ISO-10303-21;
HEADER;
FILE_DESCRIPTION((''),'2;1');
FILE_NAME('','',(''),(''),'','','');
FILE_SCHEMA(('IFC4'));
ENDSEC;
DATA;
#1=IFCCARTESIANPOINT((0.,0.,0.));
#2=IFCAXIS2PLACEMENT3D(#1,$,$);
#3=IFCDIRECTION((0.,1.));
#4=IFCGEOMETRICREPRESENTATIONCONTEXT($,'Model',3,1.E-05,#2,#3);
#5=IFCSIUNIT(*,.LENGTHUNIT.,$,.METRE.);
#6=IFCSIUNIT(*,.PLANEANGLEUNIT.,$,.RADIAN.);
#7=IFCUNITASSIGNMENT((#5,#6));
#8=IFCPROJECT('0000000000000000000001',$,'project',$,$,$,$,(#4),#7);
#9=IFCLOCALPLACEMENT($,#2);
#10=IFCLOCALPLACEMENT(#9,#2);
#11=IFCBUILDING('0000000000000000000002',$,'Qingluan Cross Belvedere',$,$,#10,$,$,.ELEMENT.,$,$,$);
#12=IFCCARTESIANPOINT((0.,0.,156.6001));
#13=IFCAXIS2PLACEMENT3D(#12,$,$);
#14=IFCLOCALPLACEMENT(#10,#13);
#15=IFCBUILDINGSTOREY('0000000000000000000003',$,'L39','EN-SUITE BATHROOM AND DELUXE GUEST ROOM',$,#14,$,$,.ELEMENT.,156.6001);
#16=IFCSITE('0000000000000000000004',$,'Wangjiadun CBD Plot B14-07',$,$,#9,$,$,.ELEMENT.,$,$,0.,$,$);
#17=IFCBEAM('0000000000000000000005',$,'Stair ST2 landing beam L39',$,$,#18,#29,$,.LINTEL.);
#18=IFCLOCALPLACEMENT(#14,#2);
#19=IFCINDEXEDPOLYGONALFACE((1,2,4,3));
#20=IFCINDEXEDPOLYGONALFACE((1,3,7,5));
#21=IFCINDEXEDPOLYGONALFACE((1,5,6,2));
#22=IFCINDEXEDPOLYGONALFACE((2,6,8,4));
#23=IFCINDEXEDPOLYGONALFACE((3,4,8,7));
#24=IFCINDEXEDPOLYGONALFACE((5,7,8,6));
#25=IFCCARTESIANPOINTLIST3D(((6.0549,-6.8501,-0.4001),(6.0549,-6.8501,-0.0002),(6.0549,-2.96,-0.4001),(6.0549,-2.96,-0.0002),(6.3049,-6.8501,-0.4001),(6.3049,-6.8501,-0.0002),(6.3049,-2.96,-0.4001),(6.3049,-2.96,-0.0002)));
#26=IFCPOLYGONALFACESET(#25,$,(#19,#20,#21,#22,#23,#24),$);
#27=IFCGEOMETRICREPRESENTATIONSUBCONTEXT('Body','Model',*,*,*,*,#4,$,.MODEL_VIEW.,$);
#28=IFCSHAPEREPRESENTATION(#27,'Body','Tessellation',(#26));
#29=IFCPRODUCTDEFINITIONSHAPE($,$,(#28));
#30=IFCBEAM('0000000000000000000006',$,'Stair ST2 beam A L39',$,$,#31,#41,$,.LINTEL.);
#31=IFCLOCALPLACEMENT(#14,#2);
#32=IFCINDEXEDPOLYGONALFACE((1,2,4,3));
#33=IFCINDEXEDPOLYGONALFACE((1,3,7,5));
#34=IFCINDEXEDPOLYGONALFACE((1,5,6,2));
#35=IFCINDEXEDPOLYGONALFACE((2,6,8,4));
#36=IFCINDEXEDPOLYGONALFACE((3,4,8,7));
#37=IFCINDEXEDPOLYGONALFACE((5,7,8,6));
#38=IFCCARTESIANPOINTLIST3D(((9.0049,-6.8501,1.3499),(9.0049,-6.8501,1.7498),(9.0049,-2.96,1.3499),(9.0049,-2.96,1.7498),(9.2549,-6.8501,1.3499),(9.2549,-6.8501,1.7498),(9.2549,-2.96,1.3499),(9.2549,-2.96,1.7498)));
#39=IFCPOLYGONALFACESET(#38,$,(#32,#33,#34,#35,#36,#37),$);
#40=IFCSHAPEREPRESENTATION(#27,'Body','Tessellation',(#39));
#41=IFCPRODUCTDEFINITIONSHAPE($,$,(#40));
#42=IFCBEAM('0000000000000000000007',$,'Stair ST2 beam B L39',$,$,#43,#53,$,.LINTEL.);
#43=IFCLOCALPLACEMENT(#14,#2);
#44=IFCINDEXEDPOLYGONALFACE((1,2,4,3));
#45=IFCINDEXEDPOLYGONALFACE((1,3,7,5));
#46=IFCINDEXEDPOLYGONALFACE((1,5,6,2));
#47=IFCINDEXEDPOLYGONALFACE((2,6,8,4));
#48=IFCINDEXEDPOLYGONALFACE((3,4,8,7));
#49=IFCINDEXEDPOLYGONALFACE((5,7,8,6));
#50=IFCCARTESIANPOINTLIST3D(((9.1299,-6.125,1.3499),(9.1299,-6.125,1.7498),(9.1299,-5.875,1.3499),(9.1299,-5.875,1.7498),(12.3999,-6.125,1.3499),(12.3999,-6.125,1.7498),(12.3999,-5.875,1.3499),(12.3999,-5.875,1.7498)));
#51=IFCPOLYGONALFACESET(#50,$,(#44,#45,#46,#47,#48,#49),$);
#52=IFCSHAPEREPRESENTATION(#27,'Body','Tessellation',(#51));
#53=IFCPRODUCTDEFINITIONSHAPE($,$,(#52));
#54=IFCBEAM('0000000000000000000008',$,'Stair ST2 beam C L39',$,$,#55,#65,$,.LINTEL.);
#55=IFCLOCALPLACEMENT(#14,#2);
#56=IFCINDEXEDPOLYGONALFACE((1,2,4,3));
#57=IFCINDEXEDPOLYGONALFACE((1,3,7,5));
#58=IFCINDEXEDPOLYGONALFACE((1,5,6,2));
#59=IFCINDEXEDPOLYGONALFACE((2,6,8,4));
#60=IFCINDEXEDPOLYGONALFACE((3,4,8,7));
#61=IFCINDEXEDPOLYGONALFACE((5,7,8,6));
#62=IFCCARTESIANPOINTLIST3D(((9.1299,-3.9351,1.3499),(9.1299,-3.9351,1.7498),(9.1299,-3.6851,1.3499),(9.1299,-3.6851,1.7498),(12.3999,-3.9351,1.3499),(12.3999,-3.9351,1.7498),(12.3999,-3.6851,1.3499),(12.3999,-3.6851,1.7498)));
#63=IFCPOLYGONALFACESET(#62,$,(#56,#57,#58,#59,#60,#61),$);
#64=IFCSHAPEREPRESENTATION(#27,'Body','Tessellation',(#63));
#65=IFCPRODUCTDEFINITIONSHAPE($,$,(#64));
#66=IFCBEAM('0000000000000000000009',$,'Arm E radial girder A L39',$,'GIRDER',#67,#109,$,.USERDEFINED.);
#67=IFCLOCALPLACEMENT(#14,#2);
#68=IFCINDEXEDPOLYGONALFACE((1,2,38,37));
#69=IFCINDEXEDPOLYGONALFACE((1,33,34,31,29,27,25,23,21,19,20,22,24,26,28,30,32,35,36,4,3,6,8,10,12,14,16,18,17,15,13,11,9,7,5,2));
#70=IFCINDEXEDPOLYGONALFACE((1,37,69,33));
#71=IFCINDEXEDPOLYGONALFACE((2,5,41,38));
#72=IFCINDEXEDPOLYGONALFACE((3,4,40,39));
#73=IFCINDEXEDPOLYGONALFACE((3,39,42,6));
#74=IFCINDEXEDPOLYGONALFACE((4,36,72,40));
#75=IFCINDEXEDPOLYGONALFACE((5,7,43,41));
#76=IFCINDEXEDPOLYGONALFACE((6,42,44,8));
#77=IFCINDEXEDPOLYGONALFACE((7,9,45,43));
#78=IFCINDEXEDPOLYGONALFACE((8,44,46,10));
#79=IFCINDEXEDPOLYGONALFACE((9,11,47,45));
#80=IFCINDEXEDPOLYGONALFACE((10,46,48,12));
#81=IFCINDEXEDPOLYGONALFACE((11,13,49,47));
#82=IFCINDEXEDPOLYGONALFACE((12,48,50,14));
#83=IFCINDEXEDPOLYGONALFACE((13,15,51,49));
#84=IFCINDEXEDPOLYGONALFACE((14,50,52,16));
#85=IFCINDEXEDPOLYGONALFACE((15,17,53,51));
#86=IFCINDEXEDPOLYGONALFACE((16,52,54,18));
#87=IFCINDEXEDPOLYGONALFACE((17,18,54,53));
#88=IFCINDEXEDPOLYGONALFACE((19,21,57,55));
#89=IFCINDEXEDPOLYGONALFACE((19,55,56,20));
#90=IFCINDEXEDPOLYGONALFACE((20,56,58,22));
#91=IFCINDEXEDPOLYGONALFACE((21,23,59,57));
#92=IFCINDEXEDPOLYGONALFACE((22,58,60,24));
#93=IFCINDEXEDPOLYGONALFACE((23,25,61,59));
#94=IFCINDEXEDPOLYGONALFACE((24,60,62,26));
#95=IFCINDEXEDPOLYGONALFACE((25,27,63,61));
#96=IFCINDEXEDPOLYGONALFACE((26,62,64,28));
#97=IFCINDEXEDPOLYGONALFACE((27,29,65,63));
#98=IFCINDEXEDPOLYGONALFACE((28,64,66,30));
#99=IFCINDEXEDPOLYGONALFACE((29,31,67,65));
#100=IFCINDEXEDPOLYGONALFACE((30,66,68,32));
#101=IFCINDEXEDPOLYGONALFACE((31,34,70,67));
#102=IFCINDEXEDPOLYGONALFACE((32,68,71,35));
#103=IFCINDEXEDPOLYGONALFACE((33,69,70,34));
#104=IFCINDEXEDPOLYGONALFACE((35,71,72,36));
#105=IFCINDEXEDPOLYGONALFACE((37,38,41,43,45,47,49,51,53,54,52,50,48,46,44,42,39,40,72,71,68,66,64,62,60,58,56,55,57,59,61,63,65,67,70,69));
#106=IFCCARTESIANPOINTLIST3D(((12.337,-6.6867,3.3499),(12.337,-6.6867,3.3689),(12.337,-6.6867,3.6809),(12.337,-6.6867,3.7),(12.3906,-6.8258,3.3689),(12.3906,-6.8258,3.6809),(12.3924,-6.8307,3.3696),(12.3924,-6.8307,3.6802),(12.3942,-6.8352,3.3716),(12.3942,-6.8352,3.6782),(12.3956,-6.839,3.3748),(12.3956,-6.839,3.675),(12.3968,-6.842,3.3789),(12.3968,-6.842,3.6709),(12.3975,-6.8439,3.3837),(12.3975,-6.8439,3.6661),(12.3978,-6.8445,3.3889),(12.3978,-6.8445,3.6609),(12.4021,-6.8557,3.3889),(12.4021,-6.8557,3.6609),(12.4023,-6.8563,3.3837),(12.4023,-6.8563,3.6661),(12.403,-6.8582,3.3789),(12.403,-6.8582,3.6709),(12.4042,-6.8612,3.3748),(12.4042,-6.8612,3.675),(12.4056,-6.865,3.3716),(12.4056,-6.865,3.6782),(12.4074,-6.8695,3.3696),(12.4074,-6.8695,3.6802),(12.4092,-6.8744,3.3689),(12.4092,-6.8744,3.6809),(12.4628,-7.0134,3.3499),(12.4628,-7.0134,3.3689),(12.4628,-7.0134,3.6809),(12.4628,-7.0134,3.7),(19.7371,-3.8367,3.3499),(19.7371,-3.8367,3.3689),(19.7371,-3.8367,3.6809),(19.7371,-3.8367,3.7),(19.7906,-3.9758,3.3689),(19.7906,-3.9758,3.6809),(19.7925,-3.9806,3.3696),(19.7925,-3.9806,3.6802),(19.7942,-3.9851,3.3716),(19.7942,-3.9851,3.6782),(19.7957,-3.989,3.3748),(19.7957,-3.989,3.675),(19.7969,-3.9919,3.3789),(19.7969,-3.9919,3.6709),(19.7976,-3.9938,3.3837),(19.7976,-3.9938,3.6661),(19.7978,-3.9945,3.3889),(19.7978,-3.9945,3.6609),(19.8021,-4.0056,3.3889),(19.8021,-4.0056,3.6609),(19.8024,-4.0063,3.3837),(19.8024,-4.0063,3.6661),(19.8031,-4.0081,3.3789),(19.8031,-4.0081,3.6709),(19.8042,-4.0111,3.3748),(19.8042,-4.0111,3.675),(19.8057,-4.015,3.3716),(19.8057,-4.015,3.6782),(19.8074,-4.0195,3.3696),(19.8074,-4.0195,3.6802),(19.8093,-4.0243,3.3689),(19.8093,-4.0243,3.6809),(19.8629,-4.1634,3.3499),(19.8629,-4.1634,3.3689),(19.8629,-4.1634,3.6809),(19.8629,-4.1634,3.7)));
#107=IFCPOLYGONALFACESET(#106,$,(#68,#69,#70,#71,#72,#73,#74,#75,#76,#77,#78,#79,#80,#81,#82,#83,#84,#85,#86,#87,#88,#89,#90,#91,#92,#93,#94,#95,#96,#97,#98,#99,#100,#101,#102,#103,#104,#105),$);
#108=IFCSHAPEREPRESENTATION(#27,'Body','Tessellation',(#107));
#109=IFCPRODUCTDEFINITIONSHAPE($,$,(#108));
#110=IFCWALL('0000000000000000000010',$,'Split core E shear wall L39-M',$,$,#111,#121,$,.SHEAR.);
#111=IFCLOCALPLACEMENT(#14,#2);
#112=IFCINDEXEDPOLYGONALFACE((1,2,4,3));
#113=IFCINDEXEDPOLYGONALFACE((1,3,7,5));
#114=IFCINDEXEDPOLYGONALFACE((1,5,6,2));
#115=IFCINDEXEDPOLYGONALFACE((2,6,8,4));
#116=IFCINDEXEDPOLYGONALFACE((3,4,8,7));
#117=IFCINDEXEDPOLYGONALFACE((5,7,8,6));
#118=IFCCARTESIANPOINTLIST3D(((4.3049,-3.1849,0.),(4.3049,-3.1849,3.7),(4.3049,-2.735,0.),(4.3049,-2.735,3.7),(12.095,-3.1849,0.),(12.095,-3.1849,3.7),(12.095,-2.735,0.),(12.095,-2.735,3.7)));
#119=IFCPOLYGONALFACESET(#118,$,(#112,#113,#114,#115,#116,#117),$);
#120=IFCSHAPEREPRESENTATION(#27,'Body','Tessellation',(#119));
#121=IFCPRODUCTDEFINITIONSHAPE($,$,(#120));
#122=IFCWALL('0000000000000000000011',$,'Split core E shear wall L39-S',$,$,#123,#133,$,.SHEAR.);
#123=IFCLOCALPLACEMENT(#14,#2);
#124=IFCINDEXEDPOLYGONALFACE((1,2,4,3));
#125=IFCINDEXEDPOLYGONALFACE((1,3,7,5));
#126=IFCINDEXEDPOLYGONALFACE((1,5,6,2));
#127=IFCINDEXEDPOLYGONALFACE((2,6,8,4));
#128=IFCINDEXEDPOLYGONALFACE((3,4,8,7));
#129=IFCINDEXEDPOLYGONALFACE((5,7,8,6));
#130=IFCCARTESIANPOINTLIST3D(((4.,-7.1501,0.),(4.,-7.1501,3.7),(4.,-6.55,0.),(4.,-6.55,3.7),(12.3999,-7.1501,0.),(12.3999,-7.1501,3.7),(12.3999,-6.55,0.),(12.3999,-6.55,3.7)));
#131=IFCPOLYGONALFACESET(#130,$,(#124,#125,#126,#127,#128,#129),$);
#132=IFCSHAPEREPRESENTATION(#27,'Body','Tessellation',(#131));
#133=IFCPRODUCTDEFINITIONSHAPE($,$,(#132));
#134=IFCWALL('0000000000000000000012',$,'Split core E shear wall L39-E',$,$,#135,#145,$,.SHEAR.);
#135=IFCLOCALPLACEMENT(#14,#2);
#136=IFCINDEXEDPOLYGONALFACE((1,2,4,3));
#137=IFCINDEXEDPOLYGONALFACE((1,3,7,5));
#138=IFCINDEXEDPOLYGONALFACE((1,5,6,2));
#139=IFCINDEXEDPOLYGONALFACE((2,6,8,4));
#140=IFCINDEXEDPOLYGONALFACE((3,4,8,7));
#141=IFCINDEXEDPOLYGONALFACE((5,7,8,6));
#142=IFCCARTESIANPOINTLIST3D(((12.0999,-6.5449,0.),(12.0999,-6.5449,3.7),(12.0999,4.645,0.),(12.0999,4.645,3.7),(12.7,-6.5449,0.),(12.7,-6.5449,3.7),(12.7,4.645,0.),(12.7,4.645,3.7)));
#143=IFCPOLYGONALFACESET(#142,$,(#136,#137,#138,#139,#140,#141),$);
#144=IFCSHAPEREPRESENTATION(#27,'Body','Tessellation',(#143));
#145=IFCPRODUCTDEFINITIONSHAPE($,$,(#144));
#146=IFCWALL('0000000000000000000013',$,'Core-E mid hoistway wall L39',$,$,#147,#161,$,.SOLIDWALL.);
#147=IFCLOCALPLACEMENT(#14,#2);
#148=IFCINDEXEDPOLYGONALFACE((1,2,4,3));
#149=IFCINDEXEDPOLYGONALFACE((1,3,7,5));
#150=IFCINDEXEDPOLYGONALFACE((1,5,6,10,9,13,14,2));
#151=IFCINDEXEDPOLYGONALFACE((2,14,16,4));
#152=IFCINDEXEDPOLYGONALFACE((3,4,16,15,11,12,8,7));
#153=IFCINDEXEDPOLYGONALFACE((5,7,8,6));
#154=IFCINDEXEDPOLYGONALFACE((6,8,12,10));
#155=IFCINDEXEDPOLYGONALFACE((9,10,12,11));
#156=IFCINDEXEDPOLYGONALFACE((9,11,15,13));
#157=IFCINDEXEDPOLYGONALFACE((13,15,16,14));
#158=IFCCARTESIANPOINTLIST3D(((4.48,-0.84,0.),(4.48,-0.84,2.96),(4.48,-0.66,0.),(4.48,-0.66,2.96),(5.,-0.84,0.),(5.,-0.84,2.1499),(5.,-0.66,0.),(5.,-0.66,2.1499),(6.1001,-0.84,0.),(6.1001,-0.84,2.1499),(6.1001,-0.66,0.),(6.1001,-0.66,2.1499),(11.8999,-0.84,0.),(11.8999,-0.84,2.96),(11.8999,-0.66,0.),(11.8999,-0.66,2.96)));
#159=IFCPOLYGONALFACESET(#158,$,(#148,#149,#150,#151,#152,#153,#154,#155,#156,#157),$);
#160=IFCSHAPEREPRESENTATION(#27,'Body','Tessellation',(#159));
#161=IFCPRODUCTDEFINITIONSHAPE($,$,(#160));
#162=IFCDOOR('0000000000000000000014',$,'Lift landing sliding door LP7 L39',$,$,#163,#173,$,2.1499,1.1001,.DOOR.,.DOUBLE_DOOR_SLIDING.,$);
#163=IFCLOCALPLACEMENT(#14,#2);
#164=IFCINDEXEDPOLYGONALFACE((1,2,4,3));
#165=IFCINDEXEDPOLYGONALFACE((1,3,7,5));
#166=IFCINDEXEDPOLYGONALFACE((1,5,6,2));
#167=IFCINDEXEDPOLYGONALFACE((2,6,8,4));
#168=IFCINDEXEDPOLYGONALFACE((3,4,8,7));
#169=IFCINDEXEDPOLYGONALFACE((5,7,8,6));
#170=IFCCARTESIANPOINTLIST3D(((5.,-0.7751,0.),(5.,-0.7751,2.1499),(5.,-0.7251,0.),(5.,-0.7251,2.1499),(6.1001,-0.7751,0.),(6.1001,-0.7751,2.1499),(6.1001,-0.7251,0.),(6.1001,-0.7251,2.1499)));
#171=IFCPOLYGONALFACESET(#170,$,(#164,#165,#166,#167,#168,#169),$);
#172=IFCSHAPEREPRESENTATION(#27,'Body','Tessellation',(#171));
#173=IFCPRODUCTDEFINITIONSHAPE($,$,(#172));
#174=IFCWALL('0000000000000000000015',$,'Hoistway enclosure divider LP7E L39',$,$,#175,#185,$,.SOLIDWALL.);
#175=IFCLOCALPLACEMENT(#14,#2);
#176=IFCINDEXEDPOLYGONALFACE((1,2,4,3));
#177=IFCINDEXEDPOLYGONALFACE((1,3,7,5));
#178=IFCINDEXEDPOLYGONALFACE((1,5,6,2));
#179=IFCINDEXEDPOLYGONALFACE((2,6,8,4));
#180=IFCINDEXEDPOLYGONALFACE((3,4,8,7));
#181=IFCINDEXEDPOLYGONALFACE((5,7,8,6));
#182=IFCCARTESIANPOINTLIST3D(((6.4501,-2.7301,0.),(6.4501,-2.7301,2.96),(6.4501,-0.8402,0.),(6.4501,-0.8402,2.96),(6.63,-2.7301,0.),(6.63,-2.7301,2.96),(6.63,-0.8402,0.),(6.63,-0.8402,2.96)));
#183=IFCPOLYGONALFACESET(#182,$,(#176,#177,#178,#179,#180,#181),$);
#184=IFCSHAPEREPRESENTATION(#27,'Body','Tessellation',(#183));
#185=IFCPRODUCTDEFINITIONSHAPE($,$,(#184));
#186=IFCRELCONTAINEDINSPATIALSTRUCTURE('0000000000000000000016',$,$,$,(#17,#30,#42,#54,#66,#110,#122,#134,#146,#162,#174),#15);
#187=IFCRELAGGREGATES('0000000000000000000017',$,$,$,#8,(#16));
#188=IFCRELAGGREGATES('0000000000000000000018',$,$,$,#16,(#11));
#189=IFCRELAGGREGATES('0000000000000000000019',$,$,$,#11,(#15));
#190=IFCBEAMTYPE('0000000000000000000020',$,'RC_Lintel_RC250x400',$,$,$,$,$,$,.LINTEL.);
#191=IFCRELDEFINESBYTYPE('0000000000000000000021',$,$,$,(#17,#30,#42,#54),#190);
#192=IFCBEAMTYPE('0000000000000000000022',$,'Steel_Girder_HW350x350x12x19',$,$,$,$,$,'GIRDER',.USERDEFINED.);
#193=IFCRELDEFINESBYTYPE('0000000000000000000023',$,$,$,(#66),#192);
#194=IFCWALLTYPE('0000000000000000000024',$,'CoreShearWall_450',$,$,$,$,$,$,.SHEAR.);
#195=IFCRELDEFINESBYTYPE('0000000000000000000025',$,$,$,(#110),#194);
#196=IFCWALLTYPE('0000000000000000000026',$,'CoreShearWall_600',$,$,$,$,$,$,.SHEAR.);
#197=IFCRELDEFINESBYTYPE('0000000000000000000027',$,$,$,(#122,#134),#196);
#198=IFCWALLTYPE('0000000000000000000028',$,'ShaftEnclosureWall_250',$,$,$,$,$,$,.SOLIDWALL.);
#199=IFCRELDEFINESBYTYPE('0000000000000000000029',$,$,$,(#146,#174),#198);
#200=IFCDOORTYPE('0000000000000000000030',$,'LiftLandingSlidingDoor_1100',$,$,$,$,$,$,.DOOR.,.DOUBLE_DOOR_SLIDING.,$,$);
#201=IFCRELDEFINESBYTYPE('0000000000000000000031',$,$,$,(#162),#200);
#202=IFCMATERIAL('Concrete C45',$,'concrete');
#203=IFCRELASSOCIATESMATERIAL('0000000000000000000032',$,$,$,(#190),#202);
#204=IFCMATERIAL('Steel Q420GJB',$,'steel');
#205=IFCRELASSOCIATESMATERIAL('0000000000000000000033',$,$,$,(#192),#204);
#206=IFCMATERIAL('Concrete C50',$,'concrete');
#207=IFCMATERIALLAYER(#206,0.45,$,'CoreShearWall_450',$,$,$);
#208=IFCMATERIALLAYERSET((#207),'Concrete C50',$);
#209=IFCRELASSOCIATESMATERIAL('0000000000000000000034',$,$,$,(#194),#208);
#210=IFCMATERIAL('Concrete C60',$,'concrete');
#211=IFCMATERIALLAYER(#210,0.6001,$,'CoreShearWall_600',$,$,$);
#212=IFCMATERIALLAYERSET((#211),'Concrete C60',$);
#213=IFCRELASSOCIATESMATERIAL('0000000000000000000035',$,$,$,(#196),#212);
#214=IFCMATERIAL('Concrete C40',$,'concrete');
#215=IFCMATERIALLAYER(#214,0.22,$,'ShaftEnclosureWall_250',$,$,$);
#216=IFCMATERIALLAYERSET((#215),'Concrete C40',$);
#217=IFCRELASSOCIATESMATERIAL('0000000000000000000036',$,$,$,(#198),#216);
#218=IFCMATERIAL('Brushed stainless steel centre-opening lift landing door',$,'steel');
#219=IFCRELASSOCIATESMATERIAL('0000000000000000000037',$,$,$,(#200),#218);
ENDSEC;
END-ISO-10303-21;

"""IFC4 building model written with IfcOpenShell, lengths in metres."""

from ifc_helpers import new_model, si_unit, direction, frame, frame_2d, origin, origin_2d, place, context, subcontext, project, spatial, rectangle, i_section, extrude, material, layer, layer_set, material_profile, profile_set, type_object, element, fill, save


model = new_model("IFC4")

# Units and contexts
model_context = context("Model", 3, precision=1e-05, world=origin(), true_north=direction((0.0, 1.0)))
body_context = subcontext(model_context, "Body", "Model", "MODEL_VIEW")
ifc_project = project(units=[si_unit("LENGTHUNIT", "METRE"), si_unit("PLANEANGLEUNIT", "RADIAN")], contexts=[model_context])

# Site, building, storey
site_placement = place(None, origin())
site = spatial("IfcSite", under=ifc_project, at=site_placement, Name="Wangjiadun CBD Plot B14-07", CompositionType="ELEMENT", RefElevation=0.0)
building_placement = place(site_placement, origin())
building = spatial("IfcBuilding", under=site, at=building_placement, Name="Qingluan Cross Belvedere", CompositionType="ELEMENT")
storey_placement = place(building_placement, frame((0.0, 0.0, 156.6001)))
storey = spatial("IfcBuildingStorey", under=building, at=storey_placement, Name="L39", Description="EN-SUITE BATHROOM AND DELUXE GUEST ROOM", CompositionType="ELEMENT", Elevation=156.6001)

# Beams
ifc_material_1 = material(Name="Concrete C45", Category="concrete")
ifc_material_profile_1 = material_profile(ifc_material_1, rectangle(XDim=0.25, YDim=0.3999, at=origin_2d()), Name="RC250x400")
ifc_profile_set_1 = profile_set([ifc_material_profile_1], Name="Concrete C45")
beam_type_1 = type_object("IfcBeamType", Name="RC_Lintel_RC250x400", PredefinedType="LINTEL", material=ifc_profile_set_1)
for number, where, z_axis, x_axis, name in (
    (1, (6.1799, -6.8501, -0.2002), (0.0, 1.0, 0.0), (-1.0, 0.0, 0.0), "Stair ST2 landing beam L39"),
    (2, (9.1299, -6.8501, 1.5498), (0.0, 1.0, 0.0), (-1.0, 0.0, 0.0), "Stair ST2 beam A L39"),
):
    element("IfcBeam", number, at=place(storey_placement, frame(where, z_axis=z_axis, x_axis=x_axis)), inside=storey, type_object=beam_type_1, Name=name, PredefinedType="LINTEL", context=body_context, shape_type="SweptSolid", body=[
        extrude(rectangle(XDim=0.25, YDim=0.3999, at=origin_2d()), origin(), (0.0, 0.0, 1.0), 3.8901),
    ])
for number, where, z_axis, x_axis, name in (
    (3, (12.3999, -6.0, 1.5498), (-1.0, 0.0, 0.0), (0.0, -1.0, 0.0), "Stair ST2 beam B L39"),
    (4, (12.3999, -3.8101, 1.5498), (-1.0, 0.0, 0.0), (0.0, -1.0, 0.0), "Stair ST2 beam C L39"),
):
    element("IfcBeam", number, at=place(storey_placement, frame(where, z_axis=z_axis, x_axis=x_axis)), inside=storey, type_object=beam_type_1, Name=name, PredefinedType="LINTEL", context=body_context, shape_type="SweptSolid", body=[
        extrude(rectangle(XDim=0.25, YDim=0.3999, at=origin_2d()), origin(), (0.0, 0.0, 1.0), 3.27),
    ])
ifc_material_2 = material(Name="Steel Q420GJB", Category="steel")
ifc_material_profile_2 = material_profile(ifc_material_2, i_section(OverallWidth=0.3501, OverallDepth=0.3501, WebThickness=0.012, FlangeThickness=0.019, FilletRadius=0.02, at=origin_2d()), Name="HW350x350x12x19")
ifc_profile_set_2 = profile_set([ifc_material_profile_2], Name="Steel Q420GJB")
beam_type_2 = type_object("IfcBeamType", Name="Steel_Girder_HW350x350x12x19", ElementType="GIRDER", PredefinedType="USERDEFINED", material=ifc_profile_set_2)
beam_placement = place(storey_placement, frame((12.3999, -6.8501, 3.5249), z_axis=(0.933181, 0.359406, 0.0), x_axis=(-0.359406, 0.933181, 0.0)))
element("IfcBeam", 5, at=beam_placement, inside=storey, type_object=beam_type_2, Name="Arm E radial girder A L39", ObjectType="GIRDER", PredefinedType="USERDEFINED", context=body_context, shape_type="SweptSolid", body=[
    extrude(i_section(OverallWidth=0.3501, OverallDepth=0.3501, WebThickness=0.012, FlangeThickness=0.019, FilletRadius=0.02, at=origin_2d()), origin(), (0.0, 0.0, 1.0), 7.9299),
])

# Walls
ifc_material_3 = material(Name="Concrete C50", Category="concrete")
ifc_layer_1 = layer(ifc_material_3, 0.45, Name="CoreShearWall_450")
ifc_layer_set_1 = layer_set([ifc_layer_1], Name="Concrete C50")
wall_type_1 = type_object("IfcWallType", Name="CoreShearWall_450", PredefinedType="SHEAR", material=ifc_layer_set_1)
wall_1_placement = place(storey_placement, frame((4.3049, -2.96, 0.0), z_axis=(0.0, 0.0, 1.0), x_axis=(1.0, 0.0, 0.0)))
element("IfcWall", 6, at=wall_1_placement, inside=storey, type_object=wall_type_1, Name="Split core E shear wall L39-M", PredefinedType="SHEAR", context=body_context, shape_type="SweptSolid", body=[
    extrude(rectangle(XDim=7.79, YDim=0.45, at=frame_2d((3.895, 0.0))), origin(), (0.0, 0.0, 1.0), 3.7),
])
ifc_material_4 = material(Name="Concrete C60", Category="concrete")
ifc_layer_2 = layer(ifc_material_4, 0.6001, Name="CoreShearWall_600")
ifc_layer_set_2 = layer_set([ifc_layer_2], Name="Concrete C60")
wall_type_2 = type_object("IfcWallType", Name="CoreShearWall_600", PredefinedType="SHEAR", material=ifc_layer_set_2)
wall_2_placement = place(storey_placement, frame((4.0, -6.8501, 0.0), z_axis=(0.0, 0.0, 1.0), x_axis=(1.0, 0.0, 0.0)))
element("IfcWall", 7, at=wall_2_placement, inside=storey, type_object=wall_type_2, Name="Split core E shear wall L39-S", PredefinedType="SHEAR", context=body_context, shape_type="SweptSolid", body=[
    extrude(rectangle(XDim=8.3999, YDim=0.6001, at=frame_2d((4.2, 0.0))), origin(), (0.0, 0.0, 1.0), 3.7),
])

# Wall
wall_3_placement = place(storey_placement, frame((12.3999, -6.5449, 0.0), z_axis=(0.0, 0.0, 1.0), x_axis=(0.0, 1.0, 0.0)))
element("IfcWall", 8, at=wall_3_placement, inside=storey, type_object=wall_type_2, Name="Split core E shear wall L39-E", PredefinedType="SHEAR", context=body_context, shape_type="SweptSolid", body=[
    extrude(rectangle(XDim=11.1899, YDim=0.6001, at=frame_2d((5.595, 0.0))), origin(), (0.0, 0.0, 1.0), 3.7),
])

# Wall, opening, door
ifc_material_5 = material(Name="Concrete C40", Category="concrete")
ifc_layer_3 = layer(ifc_material_5, 0.22, Name="ShaftEnclosureWall_250")
ifc_layer_set_3 = layer_set([ifc_layer_3], Name="Concrete C40")
wall_type_3 = type_object("IfcWallType", Name="ShaftEnclosureWall_250", PredefinedType="SOLIDWALL", material=ifc_layer_set_3)
wall_4_placement = place(storey_placement, frame((4.48, -0.75, 0.0), z_axis=(0.0, 0.0, 1.0), x_axis=(1.0, 0.0, 0.0)))
wall_4 = element("IfcWall", 9, at=wall_4_placement, inside=storey, type_object=wall_type_3, Name="Core-E mid hoistway wall L39", PredefinedType="SOLIDWALL", context=body_context, shape_type="SweptSolid", body=[
    extrude(rectangle(XDim=7.4199, YDim=0.1799, at=frame_2d((3.71, 0.0))), origin(), (0.0, 0.0, 1.0), 2.96),
])
opening_1_placement = place(wall_4_placement, frame((0.52, 0.0, 0.0)))
opening_1 = element("IfcOpeningElement", 10, at=opening_1_placement, cuts=wall_4, PredefinedType="OPENING", context=body_context, shape_type="SweptSolid", body=[
    extrude(rectangle(XDim=1.1001, YDim=2.1499, at=frame_2d((0.55, 1.075))), frame((0.0, 0.0999, 0.0), z_axis=(0.0, -1.0, 0.0), x_axis=(1.0, 0.0, 0.0)), (0.0, 0.0, 1.0), 0.2),
])
ifc_material_6 = material(Name="Brushed stainless steel centre-opening lift landing door", Category="steel")
door_type_1 = type_object("IfcDoorType", Name="LiftLandingSlidingDoor_1100", OperationType="DOUBLE_DOOR_SLIDING", PredefinedType="DOOR", material=ifc_material_6)
door_1_placement = place(opening_1_placement, origin())
door_1 = element("IfcDoor", 11, at=door_1_placement, inside=storey, type_object=door_type_1, Name="Lift landing sliding door LP7 L39", OperationType="DOUBLE_DOOR_SLIDING", OverallHeight=2.1499, OverallWidth=1.1001, PredefinedType="DOOR", context=body_context, shape_type="SweptSolid", body=[
    extrude(rectangle(XDim=1.1001, YDim=2.1499, at=frame_2d((0.55, 1.075))), frame((0.0, 0.0249, 0.0), z_axis=(0.0, -1.0, 0.0), x_axis=(1.0, 0.0, 0.0)), (0.0, 0.0, 1.0), 0.05),
])
fill(opening_1, door_1)

# Wall
for number, where, z_axis, x_axis, name in (
    (12, (6.54, -2.73, 0.0), (0.0, 0.0, 1.0), (0.0, 1.0, 0.0), "Hoistway enclosure divider LP7E L39"),
):
    element("IfcWall", number, at=place(storey_placement, frame(where, z_axis=z_axis, x_axis=x_axis)), inside=storey, type_object=wall_type_3, Name=name, PredefinedType="SOLIDWALL", context=body_context, shape_type="SweptSolid", body=[
        extrude(rectangle(XDim=1.8899, YDim=0.1799, at=frame_2d((0.9448, 0.0))), origin(), (0.0, 0.0, 1.0), 2.96),
    ])

save(model, "model.ifc")
